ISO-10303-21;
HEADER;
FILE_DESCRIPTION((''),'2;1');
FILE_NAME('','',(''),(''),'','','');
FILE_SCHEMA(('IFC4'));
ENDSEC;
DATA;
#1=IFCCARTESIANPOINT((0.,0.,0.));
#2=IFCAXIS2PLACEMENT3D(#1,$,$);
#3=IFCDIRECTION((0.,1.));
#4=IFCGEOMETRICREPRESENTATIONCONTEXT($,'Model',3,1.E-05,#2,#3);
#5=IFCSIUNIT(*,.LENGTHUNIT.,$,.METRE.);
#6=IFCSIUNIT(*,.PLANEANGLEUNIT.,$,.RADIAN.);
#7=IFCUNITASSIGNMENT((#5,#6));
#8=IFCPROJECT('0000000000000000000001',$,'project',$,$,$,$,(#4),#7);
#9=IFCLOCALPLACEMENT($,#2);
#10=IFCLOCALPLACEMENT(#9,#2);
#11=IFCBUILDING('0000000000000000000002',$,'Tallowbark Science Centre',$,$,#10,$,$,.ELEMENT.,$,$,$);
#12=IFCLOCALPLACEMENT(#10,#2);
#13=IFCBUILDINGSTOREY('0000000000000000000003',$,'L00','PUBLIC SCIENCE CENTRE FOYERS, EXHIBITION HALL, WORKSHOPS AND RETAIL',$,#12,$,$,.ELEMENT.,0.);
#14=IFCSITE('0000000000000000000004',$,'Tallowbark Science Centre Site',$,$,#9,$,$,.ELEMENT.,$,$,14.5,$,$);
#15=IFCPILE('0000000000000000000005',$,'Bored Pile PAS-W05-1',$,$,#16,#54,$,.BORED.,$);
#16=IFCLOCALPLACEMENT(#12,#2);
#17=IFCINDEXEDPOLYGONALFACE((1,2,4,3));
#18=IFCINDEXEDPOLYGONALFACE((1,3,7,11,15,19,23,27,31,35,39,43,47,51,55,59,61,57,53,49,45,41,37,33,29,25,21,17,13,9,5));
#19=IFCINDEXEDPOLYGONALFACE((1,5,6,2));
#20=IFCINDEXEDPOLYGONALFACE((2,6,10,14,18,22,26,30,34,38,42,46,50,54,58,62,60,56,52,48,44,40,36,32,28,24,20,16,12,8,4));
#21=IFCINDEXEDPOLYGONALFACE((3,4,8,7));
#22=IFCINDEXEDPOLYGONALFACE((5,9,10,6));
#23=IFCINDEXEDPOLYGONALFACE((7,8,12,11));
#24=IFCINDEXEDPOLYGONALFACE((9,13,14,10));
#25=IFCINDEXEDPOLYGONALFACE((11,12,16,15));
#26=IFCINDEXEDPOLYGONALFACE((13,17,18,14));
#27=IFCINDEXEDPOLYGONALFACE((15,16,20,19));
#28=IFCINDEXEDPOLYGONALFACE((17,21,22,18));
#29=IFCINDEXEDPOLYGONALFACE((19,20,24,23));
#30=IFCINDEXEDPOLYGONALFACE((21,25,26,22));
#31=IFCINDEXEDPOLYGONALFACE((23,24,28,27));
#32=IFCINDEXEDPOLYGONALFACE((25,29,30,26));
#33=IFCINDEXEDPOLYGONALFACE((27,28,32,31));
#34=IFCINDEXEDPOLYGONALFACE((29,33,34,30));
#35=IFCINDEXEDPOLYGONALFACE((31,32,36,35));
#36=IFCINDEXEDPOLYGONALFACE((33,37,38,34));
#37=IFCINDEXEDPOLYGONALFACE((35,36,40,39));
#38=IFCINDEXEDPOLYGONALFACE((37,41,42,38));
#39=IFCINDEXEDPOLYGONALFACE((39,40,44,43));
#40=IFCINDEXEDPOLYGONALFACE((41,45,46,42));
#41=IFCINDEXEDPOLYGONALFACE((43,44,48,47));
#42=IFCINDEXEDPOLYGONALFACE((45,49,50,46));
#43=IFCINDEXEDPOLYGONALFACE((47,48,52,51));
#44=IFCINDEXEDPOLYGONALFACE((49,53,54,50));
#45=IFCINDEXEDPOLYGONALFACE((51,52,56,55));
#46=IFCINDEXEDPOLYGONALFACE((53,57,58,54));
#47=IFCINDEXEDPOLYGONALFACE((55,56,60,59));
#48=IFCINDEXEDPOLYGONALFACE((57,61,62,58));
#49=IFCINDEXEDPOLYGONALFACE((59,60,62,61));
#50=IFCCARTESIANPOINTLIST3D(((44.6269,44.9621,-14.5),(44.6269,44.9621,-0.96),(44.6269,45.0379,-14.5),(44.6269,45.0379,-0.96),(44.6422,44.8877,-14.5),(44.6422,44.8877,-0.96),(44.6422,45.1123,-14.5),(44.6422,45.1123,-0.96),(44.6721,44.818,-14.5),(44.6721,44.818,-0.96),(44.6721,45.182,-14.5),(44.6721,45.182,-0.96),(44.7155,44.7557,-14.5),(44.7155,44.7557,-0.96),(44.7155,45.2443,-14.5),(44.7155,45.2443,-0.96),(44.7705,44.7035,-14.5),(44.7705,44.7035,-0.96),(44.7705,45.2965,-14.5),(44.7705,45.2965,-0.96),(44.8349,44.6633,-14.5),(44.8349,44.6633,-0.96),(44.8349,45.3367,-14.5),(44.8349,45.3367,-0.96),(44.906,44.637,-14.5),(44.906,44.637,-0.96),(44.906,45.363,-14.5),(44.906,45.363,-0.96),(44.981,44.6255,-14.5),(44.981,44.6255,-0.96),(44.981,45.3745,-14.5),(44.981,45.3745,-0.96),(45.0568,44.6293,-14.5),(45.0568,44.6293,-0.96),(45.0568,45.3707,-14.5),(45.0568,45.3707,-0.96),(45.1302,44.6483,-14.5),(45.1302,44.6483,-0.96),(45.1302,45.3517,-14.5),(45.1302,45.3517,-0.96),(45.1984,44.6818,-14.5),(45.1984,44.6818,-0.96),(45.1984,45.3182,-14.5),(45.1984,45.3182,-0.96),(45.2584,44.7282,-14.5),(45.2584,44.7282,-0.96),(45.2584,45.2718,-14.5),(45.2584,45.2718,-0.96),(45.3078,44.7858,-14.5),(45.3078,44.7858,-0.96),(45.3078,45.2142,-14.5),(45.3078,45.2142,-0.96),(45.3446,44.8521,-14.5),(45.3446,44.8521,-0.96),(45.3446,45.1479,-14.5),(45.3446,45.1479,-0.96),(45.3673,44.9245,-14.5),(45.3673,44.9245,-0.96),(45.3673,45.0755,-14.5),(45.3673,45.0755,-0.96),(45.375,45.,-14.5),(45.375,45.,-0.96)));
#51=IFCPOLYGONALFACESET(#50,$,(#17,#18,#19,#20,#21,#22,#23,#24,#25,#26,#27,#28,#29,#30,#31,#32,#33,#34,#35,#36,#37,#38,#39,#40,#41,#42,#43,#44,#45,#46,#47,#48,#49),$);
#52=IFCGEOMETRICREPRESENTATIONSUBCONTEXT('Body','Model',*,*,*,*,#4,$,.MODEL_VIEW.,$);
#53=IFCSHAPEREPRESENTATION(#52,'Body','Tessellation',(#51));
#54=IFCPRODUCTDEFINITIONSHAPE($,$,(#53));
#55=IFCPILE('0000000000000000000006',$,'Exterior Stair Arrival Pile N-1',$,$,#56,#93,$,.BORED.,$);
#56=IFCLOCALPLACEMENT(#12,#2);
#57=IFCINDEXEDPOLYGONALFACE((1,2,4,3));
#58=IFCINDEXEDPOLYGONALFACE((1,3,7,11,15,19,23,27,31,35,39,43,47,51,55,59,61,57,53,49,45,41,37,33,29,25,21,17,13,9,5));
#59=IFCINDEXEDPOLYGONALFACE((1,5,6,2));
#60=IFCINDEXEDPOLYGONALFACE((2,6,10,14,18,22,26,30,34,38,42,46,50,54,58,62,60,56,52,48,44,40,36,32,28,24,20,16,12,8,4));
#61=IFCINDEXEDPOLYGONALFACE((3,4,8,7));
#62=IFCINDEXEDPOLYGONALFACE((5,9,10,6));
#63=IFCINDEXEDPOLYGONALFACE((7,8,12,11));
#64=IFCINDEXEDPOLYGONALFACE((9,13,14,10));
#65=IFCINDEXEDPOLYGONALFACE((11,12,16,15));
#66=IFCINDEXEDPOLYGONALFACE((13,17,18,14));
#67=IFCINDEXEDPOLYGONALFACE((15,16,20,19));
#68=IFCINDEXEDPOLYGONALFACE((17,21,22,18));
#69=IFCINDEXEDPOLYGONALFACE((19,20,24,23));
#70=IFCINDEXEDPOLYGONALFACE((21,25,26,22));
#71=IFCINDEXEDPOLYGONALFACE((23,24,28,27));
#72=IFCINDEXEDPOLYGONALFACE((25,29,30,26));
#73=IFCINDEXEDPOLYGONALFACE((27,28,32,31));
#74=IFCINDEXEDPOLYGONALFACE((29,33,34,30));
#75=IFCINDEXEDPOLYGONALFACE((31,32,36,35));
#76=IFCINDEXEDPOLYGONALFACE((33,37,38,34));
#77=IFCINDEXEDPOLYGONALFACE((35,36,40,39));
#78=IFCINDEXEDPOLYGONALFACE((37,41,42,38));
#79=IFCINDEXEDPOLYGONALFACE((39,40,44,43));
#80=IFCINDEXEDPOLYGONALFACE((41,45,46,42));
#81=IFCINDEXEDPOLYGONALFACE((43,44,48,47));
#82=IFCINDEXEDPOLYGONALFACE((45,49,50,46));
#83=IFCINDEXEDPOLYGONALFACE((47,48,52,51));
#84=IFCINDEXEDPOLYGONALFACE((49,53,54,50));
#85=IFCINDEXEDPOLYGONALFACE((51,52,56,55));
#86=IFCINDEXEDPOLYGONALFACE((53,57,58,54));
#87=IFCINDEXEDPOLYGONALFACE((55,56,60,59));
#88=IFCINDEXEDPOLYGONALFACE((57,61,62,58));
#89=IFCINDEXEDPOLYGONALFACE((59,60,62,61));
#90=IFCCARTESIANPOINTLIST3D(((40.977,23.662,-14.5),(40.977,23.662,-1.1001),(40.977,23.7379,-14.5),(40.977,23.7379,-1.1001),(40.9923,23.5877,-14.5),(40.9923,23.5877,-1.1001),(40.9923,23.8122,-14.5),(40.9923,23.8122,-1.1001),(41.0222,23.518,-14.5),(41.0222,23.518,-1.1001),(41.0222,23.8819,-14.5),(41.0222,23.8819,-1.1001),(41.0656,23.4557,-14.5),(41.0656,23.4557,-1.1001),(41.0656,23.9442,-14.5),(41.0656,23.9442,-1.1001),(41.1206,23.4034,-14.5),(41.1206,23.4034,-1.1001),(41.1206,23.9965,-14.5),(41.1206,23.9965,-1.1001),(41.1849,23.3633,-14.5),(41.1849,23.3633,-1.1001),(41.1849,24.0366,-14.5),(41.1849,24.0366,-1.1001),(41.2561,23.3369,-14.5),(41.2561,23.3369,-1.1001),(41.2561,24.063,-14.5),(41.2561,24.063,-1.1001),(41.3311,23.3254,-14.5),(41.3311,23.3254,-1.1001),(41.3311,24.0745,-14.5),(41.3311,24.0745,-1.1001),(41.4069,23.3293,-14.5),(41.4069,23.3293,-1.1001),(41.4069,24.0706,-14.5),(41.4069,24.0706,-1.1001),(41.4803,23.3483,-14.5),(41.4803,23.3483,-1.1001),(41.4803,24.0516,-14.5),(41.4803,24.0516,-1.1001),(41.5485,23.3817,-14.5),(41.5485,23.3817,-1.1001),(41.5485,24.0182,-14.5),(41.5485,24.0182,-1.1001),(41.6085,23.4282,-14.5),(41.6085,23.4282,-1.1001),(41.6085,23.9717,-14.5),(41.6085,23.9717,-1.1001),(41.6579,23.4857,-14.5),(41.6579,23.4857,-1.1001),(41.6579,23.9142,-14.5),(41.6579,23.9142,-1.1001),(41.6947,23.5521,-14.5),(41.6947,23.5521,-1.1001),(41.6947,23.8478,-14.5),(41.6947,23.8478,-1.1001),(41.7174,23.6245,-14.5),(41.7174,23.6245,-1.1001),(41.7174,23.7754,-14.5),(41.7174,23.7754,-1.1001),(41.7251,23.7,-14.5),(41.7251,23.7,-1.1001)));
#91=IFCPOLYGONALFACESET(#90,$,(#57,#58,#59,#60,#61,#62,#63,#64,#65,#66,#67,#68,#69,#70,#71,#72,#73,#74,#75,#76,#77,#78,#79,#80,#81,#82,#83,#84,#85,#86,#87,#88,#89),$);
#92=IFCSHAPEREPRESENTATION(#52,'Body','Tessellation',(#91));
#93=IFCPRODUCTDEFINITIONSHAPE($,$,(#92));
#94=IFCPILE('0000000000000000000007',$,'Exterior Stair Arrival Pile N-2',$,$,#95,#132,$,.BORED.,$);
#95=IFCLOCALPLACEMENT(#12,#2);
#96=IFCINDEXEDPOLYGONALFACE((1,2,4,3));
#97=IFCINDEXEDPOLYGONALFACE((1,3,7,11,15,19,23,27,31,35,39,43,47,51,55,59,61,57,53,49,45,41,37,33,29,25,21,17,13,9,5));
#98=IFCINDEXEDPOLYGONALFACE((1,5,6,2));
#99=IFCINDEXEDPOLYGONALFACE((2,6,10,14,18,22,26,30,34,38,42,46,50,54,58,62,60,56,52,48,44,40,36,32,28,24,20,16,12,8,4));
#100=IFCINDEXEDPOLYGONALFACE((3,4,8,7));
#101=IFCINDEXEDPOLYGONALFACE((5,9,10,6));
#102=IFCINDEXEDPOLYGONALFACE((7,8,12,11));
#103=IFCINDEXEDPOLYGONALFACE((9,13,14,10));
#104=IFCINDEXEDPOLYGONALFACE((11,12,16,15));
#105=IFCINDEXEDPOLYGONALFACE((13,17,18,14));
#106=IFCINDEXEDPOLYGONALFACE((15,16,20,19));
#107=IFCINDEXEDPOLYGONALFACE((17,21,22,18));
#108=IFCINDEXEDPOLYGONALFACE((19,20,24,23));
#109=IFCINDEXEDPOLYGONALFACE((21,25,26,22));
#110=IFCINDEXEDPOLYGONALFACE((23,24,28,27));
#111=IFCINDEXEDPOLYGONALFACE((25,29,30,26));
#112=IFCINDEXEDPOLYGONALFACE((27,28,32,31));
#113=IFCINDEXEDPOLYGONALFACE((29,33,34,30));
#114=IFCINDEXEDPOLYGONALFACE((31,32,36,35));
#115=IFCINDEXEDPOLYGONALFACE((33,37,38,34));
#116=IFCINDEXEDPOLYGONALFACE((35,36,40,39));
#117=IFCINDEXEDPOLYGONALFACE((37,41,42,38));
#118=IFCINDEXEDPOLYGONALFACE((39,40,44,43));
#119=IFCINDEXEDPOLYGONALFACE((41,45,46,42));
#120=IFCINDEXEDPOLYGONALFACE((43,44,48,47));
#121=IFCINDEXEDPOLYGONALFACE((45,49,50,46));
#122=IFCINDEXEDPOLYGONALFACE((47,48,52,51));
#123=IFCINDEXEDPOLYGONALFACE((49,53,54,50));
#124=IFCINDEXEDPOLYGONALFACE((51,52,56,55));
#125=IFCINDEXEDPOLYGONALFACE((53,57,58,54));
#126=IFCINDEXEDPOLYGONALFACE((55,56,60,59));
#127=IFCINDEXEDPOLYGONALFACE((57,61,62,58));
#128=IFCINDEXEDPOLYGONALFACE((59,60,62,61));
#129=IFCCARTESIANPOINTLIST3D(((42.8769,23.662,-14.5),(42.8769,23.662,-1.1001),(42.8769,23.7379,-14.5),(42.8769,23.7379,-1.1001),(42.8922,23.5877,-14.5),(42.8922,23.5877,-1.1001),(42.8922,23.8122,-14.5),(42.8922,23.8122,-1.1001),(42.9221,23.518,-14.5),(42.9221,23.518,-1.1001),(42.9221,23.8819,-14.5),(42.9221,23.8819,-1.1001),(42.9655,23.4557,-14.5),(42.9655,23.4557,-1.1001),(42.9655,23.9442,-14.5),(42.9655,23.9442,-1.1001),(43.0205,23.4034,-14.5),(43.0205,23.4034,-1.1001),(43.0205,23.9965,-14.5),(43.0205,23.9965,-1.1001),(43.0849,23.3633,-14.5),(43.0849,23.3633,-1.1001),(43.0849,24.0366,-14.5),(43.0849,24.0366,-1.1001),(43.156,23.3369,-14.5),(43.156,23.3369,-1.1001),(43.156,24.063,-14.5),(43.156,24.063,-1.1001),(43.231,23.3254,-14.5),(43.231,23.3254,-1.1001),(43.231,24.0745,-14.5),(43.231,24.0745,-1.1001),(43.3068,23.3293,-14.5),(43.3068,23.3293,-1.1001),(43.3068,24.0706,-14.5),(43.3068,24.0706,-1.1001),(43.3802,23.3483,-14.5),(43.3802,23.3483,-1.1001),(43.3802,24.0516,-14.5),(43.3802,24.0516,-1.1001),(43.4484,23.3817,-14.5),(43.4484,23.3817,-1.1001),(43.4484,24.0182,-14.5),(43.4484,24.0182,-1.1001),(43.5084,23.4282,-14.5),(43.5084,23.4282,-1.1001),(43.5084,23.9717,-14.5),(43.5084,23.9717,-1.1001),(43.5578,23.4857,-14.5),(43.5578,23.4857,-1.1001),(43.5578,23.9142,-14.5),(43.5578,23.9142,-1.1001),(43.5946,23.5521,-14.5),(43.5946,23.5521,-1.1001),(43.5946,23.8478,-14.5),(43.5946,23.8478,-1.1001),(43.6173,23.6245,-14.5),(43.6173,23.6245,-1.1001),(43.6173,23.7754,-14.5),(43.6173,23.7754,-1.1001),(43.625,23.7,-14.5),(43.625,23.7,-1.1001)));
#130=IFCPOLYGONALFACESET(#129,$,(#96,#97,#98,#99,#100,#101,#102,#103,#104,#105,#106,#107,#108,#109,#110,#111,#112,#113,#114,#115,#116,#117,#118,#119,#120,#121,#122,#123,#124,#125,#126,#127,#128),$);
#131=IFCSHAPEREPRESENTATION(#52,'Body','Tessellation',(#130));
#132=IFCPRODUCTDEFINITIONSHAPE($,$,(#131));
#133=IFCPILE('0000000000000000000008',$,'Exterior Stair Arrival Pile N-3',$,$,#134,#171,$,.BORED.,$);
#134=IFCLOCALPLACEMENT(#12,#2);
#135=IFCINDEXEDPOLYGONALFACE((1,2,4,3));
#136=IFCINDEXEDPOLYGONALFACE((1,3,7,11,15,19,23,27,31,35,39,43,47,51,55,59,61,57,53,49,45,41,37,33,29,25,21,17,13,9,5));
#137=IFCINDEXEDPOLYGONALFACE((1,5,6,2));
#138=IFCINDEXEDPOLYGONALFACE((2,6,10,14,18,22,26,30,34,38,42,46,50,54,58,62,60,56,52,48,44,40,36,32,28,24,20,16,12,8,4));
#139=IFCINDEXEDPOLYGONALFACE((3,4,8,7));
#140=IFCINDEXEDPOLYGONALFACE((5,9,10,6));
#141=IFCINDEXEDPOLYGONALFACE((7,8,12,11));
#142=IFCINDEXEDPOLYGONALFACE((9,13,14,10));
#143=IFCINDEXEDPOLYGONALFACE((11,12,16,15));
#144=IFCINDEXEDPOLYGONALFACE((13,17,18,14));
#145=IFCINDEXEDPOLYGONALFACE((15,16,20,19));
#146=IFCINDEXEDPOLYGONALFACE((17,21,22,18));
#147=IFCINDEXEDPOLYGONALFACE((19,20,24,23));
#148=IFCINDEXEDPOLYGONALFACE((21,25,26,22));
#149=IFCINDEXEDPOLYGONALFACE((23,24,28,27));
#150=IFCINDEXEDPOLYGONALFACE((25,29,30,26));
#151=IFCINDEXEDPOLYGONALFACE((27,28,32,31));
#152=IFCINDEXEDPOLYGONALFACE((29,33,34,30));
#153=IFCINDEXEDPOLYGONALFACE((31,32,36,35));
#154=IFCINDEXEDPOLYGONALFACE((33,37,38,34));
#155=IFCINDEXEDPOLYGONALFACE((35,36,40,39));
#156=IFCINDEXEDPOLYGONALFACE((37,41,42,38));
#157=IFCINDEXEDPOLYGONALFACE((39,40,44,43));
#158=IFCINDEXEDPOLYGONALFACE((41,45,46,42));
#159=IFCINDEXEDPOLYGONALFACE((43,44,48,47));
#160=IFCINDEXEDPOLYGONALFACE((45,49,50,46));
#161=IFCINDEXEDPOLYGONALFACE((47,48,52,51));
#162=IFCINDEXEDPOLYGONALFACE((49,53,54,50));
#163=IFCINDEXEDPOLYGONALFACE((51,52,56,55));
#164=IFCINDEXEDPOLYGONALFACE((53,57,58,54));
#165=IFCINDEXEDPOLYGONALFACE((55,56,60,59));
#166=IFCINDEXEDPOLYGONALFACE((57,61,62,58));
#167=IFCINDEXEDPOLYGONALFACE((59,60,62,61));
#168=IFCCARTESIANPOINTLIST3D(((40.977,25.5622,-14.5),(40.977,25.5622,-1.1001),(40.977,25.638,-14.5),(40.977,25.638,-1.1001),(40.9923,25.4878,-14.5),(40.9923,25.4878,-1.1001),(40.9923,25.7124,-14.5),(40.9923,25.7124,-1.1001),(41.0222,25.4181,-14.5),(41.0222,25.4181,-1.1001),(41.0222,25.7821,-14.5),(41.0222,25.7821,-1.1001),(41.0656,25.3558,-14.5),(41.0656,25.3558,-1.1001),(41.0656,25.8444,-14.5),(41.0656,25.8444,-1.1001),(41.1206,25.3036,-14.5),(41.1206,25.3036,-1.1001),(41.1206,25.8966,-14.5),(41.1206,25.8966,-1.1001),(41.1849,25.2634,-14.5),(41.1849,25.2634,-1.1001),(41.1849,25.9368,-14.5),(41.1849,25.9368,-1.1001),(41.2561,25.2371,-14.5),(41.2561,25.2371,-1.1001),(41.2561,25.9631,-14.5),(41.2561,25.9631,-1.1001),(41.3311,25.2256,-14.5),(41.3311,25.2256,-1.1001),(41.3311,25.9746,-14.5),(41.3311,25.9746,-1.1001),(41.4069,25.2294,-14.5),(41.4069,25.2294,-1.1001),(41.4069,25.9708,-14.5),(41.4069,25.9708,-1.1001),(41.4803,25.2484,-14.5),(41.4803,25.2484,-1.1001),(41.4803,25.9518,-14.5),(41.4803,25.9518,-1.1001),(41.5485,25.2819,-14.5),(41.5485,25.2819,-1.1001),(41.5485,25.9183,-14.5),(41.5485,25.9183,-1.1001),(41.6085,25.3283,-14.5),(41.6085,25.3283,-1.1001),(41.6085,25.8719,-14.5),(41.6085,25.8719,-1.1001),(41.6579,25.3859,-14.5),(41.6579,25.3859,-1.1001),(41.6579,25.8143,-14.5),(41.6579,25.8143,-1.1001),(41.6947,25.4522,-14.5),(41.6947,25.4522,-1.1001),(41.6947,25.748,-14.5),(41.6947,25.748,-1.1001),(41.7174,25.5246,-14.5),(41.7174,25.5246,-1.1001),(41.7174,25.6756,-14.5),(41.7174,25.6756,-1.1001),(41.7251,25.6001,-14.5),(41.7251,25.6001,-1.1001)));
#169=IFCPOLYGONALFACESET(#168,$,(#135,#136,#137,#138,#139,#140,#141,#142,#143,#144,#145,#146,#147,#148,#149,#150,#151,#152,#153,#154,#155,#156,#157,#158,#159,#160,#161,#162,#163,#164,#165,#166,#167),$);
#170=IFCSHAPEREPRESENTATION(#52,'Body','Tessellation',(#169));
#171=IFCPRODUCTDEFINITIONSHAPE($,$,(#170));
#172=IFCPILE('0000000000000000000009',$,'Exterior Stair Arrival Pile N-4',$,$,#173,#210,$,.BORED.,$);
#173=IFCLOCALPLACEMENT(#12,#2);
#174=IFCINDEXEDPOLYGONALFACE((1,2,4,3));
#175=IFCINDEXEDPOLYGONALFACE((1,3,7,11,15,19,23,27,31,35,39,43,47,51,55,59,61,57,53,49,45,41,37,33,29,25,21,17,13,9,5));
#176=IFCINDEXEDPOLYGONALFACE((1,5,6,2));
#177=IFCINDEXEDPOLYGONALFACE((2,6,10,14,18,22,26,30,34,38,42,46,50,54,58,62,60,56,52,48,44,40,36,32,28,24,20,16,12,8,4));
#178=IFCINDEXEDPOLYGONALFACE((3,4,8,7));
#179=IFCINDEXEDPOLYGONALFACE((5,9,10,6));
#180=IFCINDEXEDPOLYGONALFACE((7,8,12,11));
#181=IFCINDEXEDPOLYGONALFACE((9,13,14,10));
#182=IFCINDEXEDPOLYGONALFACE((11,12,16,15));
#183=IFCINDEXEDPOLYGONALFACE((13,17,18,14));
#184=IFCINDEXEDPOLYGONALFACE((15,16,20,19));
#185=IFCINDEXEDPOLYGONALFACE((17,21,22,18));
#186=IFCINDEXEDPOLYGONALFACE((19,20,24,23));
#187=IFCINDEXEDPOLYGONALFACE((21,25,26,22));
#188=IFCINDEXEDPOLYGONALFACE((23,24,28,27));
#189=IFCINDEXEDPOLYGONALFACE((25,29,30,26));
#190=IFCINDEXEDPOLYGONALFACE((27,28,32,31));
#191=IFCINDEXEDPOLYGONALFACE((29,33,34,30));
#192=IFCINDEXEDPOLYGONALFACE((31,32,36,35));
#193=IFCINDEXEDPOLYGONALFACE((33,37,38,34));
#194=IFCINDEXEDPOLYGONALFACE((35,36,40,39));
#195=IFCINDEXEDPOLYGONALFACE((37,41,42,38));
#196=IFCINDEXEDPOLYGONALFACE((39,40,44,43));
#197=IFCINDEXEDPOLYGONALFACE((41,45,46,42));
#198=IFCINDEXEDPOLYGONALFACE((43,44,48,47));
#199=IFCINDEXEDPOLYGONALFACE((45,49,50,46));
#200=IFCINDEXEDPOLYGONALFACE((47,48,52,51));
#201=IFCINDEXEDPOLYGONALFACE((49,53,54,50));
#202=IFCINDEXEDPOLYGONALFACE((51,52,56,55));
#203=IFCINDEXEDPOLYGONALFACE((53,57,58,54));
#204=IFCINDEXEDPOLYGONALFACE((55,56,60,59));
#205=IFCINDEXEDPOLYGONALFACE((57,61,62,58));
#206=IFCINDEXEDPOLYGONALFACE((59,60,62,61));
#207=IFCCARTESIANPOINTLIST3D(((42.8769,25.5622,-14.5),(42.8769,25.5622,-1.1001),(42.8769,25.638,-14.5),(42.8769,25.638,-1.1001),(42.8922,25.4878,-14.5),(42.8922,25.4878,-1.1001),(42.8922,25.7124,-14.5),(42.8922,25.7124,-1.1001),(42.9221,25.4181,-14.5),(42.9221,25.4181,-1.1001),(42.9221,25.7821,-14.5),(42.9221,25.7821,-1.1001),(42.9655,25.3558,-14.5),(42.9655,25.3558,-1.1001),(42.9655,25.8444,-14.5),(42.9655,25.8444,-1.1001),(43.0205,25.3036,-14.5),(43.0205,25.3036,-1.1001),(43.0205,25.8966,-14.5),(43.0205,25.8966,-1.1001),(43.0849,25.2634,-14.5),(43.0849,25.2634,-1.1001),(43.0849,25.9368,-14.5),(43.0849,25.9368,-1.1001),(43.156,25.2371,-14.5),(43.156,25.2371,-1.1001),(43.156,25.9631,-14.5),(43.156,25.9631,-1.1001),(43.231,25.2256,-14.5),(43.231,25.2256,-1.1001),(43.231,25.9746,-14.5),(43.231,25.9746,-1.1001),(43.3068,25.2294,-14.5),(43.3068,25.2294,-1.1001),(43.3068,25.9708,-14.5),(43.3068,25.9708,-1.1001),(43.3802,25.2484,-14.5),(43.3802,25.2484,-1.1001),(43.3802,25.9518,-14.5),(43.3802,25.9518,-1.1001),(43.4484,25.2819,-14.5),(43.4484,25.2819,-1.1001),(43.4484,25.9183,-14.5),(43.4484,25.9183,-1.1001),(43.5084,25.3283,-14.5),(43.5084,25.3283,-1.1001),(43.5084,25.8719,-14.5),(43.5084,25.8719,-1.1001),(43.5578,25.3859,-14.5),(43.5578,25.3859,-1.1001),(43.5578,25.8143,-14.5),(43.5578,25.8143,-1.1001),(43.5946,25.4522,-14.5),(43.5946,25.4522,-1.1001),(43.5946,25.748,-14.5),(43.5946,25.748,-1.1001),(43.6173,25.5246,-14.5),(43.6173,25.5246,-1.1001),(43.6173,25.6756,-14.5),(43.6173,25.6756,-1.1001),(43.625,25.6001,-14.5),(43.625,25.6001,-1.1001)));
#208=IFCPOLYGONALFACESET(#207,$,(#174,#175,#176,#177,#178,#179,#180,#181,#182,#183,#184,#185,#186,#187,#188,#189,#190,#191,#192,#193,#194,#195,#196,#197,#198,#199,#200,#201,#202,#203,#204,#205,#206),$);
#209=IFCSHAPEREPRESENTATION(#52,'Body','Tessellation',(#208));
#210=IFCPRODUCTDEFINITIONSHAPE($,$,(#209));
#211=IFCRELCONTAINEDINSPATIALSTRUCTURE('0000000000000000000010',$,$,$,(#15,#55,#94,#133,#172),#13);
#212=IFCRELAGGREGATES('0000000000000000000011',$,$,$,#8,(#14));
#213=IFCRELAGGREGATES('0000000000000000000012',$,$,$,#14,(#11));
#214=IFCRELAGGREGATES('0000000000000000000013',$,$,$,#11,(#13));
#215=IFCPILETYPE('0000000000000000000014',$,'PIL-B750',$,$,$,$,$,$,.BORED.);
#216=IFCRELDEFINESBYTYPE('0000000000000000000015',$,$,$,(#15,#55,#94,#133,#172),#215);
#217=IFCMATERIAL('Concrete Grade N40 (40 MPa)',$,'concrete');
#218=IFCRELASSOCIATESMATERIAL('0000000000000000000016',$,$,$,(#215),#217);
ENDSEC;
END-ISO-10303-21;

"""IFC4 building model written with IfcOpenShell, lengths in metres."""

from ifc_helpers import new_model, si_unit, direction, frame, origin, origin_2d, place, context, subcontext, project, spatial, circle, extrude, material, material_profile, profile_set, type_object, element, save


model = new_model("IFC4")

# Units and contexts
model_context = context("Model", 3, precision=1e-05, world=origin(), true_north=direction((0.0, 1.0)))
body_context = subcontext(model_context, "Body", "Model", "MODEL_VIEW")
ifc_project = project(units=[si_unit("LENGTHUNIT", "METRE"), si_unit("PLANEANGLEUNIT", "RADIAN")], contexts=[model_context])

# Site, building, storey
site_placement = place(None, origin())
site = spatial("IfcSite", under=ifc_project, at=site_placement, Name="Tallowbark Science Centre Site", CompositionType="ELEMENT", RefElevation=14.5)
building_placement = place(site_placement, origin())
building = spatial("IfcBuilding", under=site, at=building_placement, Name="Tallowbark Science Centre", CompositionType="ELEMENT")
storey_placement = place(building_placement, origin())
storey = spatial("IfcBuildingStorey", under=building, at=storey_placement, Name="L00", Description="PUBLIC SCIENCE CENTRE FOYERS, EXHIBITION HALL, WORKSHOPS AND RETAIL", CompositionType="ELEMENT", Elevation=0.0)

# Shared definitions
ifc_material_1 = material(Name="Concrete Grade N40 (40 MPa)", Category="concrete")

# Piles
ifc_material_profile_1 = material_profile(ifc_material_1, circle(Radius=0.375, at=origin_2d()), Name="PILE750")
ifc_profile_set_1 = profile_set([ifc_material_profile_1], Name="Concrete Grade N40 (40 MPa)")
pile_type_1 = type_object("IfcPileType", Name="PIL-B750", PredefinedType="BORED", material=ifc_profile_set_1)
pile_1_placement = place(storey_placement, frame((45.0, 45.0, -0.96), z_axis=(0.0, 0.0, -1.0), x_axis=(1.0, 0.0, 0.0)))
element("IfcPile", 1, at=pile_1_placement, inside=storey, type_object=pile_type_1, Name="Bored Pile PAS-W05-1", PredefinedType="BORED", context=body_context, shape_type="SweptSolid", body=[
    extrude(circle(Radius=0.375, at=origin_2d()), origin(), (0.0, 0.0, 1.0), 13.54),
])
for number, where, z_axis, x_axis, name in (
    (2, (41.3501, 23.7, -1.1001), (0.0, 0.0, -1.0), (1.0, 0.0, 0.0), "Exterior Stair Arrival Pile N-1"),
    (3, (43.25, 23.7, -1.1001), (0.0, 0.0, -1.0), (1.0, 0.0, 0.0), "Exterior Stair Arrival Pile N-2"),
    (4, (41.3501, 25.6001, -1.1001), (0.0, 0.0, -1.0), (1.0, 0.0, 0.0), "Exterior Stair Arrival Pile N-3"),
    (5, (43.25, 25.6001, -1.1001), (0.0, 0.0, -1.0), (1.0, 0.0, 0.0), "Exterior Stair Arrival Pile N-4"),
):
    element("IfcPile", number, at=place(storey_placement, frame(where, z_axis=z_axis, x_axis=x_axis)), inside=storey, type_object=pile_type_1, Name=name, PredefinedType="BORED", context=body_context, shape_type="SweptSolid", body=[
        extrude(circle(Radius=0.375, at=origin_2d()), origin(), (0.0, 0.0, 1.0), 13.3999),
    ])

save(model, "model.ifc")
